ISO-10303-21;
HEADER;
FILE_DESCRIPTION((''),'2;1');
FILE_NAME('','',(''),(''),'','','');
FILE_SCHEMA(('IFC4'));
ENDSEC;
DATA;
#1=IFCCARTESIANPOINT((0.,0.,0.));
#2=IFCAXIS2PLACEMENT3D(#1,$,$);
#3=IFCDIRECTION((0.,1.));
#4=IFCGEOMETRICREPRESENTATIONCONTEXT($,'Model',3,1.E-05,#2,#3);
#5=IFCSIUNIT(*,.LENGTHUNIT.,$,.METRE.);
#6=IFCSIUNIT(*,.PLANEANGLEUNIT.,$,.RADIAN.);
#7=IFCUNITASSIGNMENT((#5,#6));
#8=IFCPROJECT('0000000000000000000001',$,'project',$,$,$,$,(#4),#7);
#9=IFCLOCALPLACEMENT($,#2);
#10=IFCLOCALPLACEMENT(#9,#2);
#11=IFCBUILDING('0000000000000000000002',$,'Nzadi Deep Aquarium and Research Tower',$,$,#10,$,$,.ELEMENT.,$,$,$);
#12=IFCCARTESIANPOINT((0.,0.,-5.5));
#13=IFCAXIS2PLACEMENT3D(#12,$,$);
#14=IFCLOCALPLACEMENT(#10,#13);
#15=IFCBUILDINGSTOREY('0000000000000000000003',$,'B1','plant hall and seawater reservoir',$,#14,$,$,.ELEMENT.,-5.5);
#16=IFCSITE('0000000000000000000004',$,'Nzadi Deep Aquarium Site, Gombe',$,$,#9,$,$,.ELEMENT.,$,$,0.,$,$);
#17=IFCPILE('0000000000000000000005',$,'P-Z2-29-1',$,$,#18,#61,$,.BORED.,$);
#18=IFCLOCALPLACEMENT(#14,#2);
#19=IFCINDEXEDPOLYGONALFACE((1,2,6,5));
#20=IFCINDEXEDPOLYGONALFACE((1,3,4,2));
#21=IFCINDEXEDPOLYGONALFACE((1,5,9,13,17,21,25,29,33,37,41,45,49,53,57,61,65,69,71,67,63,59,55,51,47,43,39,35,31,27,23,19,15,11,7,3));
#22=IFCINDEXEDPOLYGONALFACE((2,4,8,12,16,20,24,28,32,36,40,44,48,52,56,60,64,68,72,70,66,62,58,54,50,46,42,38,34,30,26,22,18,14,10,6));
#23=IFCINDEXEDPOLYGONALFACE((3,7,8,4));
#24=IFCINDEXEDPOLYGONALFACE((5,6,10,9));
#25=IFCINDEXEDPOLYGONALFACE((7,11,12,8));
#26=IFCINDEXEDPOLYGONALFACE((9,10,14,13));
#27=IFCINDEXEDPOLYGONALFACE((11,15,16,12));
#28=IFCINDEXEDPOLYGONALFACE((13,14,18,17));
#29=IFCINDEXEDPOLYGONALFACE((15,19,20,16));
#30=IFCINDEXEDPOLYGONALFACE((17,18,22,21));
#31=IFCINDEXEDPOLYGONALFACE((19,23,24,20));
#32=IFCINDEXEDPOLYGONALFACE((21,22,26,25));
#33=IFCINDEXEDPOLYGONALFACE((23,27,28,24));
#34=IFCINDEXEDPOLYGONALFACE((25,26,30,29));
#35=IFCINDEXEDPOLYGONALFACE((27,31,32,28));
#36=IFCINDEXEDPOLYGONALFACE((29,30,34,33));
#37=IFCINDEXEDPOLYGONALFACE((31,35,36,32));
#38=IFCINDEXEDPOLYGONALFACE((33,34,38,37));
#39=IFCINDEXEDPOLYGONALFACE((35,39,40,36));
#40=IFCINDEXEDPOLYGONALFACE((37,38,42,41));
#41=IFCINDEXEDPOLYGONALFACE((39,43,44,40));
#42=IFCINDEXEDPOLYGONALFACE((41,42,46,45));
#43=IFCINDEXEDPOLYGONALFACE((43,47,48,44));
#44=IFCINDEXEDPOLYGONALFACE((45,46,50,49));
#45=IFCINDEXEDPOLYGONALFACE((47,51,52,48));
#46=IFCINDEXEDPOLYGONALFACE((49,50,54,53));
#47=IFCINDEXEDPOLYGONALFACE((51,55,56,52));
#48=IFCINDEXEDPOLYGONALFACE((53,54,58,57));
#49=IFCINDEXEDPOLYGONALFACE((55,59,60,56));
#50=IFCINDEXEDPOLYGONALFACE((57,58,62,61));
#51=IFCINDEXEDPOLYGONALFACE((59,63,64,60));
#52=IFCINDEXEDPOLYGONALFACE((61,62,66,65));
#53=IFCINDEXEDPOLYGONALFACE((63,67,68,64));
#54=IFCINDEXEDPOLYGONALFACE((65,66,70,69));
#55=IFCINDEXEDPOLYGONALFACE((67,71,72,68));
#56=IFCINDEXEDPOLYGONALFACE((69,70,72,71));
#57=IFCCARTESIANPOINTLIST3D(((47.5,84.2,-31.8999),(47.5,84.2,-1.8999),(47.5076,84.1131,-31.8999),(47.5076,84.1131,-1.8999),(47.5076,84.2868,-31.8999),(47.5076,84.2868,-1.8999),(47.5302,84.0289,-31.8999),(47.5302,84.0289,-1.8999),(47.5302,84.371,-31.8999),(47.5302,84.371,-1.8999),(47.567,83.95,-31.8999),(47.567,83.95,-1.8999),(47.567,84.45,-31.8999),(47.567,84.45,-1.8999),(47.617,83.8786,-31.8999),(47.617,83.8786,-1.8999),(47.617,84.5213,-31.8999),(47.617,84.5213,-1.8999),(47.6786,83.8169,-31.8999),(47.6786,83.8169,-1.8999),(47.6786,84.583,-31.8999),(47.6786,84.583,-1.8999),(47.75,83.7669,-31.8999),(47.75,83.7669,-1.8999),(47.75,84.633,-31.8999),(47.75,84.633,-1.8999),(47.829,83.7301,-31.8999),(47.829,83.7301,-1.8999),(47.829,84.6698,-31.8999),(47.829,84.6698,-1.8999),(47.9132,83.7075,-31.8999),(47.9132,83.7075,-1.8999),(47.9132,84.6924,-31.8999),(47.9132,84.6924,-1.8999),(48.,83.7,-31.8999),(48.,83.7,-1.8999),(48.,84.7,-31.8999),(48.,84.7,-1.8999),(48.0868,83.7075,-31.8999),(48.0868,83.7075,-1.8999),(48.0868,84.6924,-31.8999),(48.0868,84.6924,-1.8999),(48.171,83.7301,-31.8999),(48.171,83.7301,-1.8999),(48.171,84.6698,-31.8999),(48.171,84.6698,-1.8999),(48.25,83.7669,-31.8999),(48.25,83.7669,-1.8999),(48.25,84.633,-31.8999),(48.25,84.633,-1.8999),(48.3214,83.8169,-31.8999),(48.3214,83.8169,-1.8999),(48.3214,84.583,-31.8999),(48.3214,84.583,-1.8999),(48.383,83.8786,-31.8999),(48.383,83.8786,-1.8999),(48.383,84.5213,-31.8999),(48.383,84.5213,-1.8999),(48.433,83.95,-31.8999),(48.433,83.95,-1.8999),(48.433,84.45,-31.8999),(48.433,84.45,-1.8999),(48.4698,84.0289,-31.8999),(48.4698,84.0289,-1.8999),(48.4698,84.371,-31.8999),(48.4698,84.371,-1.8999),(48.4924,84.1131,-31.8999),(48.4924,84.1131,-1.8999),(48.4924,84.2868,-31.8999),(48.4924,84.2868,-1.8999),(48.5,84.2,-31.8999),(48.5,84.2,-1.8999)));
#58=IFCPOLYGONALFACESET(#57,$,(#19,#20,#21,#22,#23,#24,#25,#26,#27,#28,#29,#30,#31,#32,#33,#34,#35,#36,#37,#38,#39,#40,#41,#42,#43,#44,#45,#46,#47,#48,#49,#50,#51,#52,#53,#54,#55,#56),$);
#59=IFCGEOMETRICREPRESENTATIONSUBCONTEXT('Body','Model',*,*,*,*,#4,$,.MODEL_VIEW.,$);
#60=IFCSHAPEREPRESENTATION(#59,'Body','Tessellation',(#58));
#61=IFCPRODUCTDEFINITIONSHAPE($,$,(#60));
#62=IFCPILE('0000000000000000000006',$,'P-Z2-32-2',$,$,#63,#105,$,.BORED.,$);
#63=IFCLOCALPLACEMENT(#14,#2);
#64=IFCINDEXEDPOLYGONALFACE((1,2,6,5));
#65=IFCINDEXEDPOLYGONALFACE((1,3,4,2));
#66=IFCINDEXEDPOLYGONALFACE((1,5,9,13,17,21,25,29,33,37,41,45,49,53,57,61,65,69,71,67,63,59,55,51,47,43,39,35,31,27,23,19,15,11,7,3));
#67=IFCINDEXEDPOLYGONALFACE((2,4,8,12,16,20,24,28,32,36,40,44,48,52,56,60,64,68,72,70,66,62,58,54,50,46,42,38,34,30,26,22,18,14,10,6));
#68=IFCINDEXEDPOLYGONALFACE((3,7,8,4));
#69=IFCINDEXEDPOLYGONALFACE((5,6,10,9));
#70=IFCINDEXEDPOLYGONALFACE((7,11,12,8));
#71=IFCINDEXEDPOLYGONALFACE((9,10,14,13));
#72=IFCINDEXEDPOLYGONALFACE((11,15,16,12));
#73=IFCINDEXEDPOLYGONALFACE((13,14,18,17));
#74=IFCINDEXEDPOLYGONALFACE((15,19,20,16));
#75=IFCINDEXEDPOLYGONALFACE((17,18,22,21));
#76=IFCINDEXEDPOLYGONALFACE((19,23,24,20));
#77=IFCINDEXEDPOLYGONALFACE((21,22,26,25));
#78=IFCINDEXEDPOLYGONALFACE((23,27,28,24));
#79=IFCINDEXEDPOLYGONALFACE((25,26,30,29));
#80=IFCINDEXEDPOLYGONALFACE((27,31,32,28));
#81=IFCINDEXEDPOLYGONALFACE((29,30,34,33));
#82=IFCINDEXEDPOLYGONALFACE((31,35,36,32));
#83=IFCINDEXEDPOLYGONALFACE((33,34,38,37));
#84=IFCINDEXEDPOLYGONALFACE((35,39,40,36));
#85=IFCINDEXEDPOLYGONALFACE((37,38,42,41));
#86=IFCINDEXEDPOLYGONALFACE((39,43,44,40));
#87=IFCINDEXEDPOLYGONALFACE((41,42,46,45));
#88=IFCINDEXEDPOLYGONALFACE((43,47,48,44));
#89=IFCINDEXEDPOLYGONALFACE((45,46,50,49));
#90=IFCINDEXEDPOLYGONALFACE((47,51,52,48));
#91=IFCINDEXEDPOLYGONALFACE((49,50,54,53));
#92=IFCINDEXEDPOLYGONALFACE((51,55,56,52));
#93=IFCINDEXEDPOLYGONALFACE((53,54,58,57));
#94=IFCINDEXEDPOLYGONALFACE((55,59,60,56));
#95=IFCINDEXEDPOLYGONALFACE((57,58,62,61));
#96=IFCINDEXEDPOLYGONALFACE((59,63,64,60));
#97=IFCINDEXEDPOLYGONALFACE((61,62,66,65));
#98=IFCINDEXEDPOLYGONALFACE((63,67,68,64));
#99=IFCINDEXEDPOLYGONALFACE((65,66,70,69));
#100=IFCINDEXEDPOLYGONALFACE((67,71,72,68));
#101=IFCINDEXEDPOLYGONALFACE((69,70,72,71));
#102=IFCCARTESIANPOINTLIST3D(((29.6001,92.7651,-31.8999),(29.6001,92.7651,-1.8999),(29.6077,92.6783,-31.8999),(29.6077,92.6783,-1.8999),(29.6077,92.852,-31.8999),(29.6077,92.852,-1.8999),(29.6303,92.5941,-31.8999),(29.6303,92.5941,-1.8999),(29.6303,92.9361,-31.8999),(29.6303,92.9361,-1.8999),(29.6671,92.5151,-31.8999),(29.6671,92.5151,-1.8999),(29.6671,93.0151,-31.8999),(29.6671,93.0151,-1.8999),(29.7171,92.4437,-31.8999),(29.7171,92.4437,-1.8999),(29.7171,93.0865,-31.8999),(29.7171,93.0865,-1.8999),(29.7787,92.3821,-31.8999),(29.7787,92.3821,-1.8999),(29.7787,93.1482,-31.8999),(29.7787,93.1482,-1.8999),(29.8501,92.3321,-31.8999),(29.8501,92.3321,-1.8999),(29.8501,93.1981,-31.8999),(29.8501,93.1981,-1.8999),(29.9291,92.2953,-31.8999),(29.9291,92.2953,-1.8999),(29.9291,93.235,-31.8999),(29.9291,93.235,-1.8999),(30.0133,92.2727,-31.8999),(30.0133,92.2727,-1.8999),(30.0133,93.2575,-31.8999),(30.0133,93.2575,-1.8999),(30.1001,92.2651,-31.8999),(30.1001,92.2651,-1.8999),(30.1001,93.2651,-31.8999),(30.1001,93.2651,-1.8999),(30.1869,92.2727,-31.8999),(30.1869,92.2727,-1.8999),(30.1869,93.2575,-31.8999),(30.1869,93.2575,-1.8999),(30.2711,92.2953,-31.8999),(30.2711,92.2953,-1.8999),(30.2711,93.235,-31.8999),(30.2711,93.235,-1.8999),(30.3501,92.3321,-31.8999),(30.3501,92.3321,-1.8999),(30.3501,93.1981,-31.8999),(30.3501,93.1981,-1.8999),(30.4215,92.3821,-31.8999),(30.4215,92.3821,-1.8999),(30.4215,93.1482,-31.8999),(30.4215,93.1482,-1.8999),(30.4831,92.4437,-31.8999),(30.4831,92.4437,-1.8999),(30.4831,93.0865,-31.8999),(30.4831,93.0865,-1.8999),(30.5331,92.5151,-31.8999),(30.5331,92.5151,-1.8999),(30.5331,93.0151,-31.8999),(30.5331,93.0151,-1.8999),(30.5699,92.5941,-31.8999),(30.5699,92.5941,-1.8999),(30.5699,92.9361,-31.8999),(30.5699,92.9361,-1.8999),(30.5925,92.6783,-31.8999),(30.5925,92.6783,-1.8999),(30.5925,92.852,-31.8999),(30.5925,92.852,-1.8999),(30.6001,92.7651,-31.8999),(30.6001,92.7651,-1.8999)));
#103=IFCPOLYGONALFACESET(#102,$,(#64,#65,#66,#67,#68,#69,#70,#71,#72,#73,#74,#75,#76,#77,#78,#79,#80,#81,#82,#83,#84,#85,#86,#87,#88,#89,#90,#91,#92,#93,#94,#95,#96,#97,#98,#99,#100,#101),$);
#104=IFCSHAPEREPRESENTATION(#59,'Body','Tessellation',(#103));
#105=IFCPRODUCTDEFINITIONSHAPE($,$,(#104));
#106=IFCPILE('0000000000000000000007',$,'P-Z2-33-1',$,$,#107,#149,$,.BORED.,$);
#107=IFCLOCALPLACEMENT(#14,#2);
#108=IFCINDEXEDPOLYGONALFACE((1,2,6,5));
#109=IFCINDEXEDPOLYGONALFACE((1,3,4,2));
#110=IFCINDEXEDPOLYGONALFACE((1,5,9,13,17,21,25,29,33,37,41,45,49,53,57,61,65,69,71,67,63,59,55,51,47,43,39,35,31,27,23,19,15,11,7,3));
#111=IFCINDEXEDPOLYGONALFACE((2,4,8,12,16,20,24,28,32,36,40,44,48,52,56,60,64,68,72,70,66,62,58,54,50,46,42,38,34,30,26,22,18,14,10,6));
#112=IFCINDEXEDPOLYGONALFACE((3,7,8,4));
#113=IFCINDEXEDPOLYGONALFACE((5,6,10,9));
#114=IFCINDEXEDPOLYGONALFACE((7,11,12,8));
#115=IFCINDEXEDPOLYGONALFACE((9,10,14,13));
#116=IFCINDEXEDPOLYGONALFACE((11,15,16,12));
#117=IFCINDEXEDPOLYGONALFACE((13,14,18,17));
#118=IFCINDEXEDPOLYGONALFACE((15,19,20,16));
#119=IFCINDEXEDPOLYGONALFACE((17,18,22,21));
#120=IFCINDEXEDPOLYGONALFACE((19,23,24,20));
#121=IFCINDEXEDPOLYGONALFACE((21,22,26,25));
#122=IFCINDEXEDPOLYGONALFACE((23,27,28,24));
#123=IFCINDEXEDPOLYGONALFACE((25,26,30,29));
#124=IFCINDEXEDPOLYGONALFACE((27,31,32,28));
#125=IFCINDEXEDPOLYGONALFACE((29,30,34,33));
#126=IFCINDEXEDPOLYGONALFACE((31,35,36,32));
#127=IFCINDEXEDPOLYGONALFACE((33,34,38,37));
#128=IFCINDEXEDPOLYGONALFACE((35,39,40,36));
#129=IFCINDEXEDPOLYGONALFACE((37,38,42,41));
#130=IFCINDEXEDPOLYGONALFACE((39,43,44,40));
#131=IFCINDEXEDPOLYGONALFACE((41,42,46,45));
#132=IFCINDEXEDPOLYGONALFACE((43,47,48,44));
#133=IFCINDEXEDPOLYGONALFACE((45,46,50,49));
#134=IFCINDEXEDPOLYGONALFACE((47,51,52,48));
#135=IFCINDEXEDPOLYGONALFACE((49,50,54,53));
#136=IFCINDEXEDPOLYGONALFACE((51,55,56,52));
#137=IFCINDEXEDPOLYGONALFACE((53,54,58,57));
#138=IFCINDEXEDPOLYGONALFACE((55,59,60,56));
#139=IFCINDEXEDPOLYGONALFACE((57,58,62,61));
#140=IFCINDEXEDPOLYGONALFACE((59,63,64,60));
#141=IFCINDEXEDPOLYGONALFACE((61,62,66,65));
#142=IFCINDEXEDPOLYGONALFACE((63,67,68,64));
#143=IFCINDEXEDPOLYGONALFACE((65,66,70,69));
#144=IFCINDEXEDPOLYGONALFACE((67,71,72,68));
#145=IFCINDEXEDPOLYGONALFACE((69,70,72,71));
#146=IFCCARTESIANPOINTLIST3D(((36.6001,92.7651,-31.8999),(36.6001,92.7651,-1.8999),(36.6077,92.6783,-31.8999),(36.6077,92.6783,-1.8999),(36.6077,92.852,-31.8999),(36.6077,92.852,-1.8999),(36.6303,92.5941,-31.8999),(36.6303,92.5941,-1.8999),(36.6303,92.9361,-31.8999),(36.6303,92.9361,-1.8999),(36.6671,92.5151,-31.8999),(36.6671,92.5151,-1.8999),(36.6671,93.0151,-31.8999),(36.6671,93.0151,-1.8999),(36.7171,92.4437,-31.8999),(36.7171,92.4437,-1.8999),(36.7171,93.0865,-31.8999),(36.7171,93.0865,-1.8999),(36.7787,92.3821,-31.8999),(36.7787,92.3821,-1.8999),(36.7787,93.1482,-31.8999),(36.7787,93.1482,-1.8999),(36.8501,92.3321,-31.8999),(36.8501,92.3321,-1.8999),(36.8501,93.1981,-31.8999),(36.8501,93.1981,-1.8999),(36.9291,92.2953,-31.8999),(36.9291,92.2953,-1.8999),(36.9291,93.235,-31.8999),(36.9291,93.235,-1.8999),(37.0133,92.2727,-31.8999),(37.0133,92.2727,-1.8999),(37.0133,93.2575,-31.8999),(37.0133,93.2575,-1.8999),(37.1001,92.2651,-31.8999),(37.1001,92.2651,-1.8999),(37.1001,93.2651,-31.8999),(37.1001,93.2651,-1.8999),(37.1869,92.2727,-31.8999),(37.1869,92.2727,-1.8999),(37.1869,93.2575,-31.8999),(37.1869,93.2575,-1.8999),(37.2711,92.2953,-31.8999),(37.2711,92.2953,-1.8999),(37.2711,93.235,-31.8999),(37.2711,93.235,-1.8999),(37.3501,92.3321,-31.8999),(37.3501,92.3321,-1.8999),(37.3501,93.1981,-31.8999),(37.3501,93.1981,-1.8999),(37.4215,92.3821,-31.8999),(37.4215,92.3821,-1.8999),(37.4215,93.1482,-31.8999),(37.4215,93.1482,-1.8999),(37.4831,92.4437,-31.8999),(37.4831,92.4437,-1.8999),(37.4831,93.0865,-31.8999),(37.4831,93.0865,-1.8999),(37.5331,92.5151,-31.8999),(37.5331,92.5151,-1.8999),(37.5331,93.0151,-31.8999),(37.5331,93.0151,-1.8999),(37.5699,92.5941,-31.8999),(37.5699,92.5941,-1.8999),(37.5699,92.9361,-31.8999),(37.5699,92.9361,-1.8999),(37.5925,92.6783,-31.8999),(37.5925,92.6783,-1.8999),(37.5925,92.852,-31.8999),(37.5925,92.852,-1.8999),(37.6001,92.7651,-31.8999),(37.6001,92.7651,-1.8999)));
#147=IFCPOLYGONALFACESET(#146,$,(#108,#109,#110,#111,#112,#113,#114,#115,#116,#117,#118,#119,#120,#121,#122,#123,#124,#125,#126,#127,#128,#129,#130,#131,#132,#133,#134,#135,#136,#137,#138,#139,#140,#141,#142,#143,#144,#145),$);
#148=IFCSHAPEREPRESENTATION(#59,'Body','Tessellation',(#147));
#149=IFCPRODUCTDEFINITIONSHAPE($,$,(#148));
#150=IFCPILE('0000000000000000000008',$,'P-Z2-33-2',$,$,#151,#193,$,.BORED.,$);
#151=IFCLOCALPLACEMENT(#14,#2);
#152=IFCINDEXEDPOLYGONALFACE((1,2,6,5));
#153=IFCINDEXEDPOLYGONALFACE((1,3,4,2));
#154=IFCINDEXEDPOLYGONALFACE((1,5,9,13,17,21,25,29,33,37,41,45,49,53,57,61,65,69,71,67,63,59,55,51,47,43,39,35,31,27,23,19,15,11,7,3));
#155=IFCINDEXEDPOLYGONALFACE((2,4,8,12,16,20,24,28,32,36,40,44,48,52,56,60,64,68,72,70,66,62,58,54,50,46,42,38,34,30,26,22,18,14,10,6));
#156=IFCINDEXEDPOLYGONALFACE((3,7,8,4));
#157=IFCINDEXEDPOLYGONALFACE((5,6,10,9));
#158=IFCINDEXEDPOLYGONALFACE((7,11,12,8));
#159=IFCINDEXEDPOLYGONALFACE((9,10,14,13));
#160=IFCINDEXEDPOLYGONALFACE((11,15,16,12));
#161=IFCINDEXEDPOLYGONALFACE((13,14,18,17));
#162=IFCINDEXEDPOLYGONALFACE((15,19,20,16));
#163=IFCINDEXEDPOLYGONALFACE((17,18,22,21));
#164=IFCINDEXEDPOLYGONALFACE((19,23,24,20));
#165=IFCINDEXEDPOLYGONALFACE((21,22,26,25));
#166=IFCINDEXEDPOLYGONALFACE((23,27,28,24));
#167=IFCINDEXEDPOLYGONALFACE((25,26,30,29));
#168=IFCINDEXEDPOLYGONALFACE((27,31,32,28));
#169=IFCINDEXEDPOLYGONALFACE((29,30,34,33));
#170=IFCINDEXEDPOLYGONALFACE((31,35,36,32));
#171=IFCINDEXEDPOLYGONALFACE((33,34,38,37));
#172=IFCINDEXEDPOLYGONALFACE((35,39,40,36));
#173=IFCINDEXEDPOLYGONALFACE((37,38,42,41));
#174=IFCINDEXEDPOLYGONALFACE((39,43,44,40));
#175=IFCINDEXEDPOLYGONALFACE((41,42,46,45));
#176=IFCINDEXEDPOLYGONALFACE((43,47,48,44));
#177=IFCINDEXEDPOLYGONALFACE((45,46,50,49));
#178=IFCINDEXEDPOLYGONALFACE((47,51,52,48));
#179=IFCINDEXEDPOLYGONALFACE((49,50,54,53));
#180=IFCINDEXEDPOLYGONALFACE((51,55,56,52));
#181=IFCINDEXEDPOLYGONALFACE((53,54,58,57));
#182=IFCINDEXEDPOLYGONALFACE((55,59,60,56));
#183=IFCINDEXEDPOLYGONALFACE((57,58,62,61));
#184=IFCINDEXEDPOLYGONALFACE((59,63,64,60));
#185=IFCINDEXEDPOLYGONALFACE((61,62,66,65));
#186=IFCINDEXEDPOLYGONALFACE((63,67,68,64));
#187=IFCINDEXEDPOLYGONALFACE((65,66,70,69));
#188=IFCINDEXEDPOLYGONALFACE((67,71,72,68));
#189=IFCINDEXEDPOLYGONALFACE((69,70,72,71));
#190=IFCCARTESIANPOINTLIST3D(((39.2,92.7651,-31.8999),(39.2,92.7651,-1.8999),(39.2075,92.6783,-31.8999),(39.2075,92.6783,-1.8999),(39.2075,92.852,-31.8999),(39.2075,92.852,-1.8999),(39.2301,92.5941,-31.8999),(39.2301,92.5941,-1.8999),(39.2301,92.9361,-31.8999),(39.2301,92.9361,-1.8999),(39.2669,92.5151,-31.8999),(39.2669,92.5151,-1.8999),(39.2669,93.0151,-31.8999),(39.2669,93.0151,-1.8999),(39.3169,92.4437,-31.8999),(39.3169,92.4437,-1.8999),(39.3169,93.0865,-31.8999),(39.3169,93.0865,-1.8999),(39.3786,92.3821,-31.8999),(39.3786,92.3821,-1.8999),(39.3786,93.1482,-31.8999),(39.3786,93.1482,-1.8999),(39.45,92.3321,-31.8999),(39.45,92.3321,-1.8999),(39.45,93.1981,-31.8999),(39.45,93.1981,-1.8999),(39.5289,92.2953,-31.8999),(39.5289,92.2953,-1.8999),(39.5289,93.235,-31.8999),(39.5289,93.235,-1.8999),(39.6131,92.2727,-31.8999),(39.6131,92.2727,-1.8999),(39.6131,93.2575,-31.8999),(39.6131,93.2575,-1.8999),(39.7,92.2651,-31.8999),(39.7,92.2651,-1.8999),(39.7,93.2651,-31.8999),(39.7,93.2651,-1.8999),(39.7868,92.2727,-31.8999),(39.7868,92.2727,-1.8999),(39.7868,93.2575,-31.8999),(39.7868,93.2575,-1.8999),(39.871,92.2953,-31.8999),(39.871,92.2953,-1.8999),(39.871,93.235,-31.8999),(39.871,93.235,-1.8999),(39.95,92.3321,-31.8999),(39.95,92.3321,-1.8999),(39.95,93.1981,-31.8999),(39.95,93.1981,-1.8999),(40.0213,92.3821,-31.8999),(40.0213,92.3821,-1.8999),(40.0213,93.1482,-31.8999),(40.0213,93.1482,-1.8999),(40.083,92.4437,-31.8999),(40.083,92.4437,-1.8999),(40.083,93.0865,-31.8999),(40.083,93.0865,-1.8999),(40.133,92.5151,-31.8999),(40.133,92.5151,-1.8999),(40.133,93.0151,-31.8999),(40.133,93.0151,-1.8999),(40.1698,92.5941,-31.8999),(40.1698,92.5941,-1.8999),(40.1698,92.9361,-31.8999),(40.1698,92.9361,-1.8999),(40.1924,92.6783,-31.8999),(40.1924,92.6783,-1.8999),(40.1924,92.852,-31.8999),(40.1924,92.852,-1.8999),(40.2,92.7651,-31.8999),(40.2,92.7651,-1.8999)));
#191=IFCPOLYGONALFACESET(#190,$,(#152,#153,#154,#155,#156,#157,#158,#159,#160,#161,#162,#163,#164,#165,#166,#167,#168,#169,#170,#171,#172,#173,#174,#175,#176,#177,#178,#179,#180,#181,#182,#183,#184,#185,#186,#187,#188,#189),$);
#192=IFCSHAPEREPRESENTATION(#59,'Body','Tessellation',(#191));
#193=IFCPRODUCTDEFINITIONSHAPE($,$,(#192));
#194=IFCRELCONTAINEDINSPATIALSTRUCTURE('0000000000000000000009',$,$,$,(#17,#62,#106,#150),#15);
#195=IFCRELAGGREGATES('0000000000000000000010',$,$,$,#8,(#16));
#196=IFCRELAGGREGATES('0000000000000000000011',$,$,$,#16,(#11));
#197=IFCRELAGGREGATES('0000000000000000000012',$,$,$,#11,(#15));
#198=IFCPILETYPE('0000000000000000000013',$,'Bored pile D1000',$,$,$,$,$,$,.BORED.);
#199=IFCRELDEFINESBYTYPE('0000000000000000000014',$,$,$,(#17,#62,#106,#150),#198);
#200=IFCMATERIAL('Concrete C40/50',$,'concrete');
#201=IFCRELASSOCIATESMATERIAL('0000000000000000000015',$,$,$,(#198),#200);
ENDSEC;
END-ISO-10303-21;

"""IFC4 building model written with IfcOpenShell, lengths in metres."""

from ifc_helpers import new_model, si_unit, direction, frame, origin, origin_2d, place, context, subcontext, project, spatial, circle, extrude, material, material_profile, profile_set, type_object, element, save


model = new_model("IFC4")

# Units and contexts
model_context = context("Model", 3, precision=1e-05, world=origin(), true_north=direction((0.0, 1.0)))
body_context = subcontext(model_context, "Body", "Model", "MODEL_VIEW")
ifc_project = project(units=[si_unit("LENGTHUNIT", "METRE"), si_unit("PLANEANGLEUNIT", "RADIAN")], contexts=[model_context])

# Site, building, storey
site_placement = place(None, origin())
site = spatial("IfcSite", under=ifc_project, at=site_placement, Name="Nzadi Deep Aquarium Site, Gombe", CompositionType="ELEMENT", RefElevation=0.0)
building_placement = place(site_placement, origin())
building = spatial("IfcBuilding", under=site, at=building_placement, Name="Nzadi Deep Aquarium and Research Tower", CompositionType="ELEMENT")
storey_placement = place(building_placement, frame((0.0, 0.0, -5.5)))
storey = spatial("IfcBuildingStorey", under=building, at=storey_placement, Name="B1", Description="plant hall and seawater reservoir", CompositionType="ELEMENT", Elevation=-5.5)

# Piles
ifc_material_1 = material(Name="Concrete C40/50", Category="concrete")
ifc_material_profile_1 = material_profile(ifc_material_1, circle(Radius=0.5, at=origin_2d()))
ifc_profile_set_1 = profile_set([ifc_material_profile_1], Name="Concrete C40/50")
pile_type_1 = type_object("IfcPileType", Name="Bored pile D1000", PredefinedType="BORED", material=ifc_profile_set_1)
for number, where, z_axis, x_axis, name in (
    (1, (48.0, 84.2, -1.8999), (0.0, 0.0, -1.0), (1.0, 0.0, 0.0), "P-Z2-29-1"),
    (2, (30.1001, 92.7651, -1.8999), (0.0, 0.0, -1.0), (1.0, 0.0, 0.0), "P-Z2-32-2"),
    (3, (37.1001, 92.7651, -1.8999), (0.0, 0.0, -1.0), (1.0, 0.0, 0.0), "P-Z2-33-1"),
    (4, (39.7, 92.7651, -1.8999), (0.0, 0.0, -1.0), (1.0, 0.0, 0.0), "P-Z2-33-2"),
):
    element("IfcPile", number, at=place(storey_placement, frame(where, z_axis=z_axis, x_axis=x_axis)), inside=storey, type_object=pile_type_1, Name=name, PredefinedType="BORED", context=body_context, shape_type="SweptSolid", body=[
        extrude(circle(Radius=0.5, at=origin_2d()), origin(), (0.0, 0.0, 1.0), 30.0),
    ])

save(model, "model.ifc")
